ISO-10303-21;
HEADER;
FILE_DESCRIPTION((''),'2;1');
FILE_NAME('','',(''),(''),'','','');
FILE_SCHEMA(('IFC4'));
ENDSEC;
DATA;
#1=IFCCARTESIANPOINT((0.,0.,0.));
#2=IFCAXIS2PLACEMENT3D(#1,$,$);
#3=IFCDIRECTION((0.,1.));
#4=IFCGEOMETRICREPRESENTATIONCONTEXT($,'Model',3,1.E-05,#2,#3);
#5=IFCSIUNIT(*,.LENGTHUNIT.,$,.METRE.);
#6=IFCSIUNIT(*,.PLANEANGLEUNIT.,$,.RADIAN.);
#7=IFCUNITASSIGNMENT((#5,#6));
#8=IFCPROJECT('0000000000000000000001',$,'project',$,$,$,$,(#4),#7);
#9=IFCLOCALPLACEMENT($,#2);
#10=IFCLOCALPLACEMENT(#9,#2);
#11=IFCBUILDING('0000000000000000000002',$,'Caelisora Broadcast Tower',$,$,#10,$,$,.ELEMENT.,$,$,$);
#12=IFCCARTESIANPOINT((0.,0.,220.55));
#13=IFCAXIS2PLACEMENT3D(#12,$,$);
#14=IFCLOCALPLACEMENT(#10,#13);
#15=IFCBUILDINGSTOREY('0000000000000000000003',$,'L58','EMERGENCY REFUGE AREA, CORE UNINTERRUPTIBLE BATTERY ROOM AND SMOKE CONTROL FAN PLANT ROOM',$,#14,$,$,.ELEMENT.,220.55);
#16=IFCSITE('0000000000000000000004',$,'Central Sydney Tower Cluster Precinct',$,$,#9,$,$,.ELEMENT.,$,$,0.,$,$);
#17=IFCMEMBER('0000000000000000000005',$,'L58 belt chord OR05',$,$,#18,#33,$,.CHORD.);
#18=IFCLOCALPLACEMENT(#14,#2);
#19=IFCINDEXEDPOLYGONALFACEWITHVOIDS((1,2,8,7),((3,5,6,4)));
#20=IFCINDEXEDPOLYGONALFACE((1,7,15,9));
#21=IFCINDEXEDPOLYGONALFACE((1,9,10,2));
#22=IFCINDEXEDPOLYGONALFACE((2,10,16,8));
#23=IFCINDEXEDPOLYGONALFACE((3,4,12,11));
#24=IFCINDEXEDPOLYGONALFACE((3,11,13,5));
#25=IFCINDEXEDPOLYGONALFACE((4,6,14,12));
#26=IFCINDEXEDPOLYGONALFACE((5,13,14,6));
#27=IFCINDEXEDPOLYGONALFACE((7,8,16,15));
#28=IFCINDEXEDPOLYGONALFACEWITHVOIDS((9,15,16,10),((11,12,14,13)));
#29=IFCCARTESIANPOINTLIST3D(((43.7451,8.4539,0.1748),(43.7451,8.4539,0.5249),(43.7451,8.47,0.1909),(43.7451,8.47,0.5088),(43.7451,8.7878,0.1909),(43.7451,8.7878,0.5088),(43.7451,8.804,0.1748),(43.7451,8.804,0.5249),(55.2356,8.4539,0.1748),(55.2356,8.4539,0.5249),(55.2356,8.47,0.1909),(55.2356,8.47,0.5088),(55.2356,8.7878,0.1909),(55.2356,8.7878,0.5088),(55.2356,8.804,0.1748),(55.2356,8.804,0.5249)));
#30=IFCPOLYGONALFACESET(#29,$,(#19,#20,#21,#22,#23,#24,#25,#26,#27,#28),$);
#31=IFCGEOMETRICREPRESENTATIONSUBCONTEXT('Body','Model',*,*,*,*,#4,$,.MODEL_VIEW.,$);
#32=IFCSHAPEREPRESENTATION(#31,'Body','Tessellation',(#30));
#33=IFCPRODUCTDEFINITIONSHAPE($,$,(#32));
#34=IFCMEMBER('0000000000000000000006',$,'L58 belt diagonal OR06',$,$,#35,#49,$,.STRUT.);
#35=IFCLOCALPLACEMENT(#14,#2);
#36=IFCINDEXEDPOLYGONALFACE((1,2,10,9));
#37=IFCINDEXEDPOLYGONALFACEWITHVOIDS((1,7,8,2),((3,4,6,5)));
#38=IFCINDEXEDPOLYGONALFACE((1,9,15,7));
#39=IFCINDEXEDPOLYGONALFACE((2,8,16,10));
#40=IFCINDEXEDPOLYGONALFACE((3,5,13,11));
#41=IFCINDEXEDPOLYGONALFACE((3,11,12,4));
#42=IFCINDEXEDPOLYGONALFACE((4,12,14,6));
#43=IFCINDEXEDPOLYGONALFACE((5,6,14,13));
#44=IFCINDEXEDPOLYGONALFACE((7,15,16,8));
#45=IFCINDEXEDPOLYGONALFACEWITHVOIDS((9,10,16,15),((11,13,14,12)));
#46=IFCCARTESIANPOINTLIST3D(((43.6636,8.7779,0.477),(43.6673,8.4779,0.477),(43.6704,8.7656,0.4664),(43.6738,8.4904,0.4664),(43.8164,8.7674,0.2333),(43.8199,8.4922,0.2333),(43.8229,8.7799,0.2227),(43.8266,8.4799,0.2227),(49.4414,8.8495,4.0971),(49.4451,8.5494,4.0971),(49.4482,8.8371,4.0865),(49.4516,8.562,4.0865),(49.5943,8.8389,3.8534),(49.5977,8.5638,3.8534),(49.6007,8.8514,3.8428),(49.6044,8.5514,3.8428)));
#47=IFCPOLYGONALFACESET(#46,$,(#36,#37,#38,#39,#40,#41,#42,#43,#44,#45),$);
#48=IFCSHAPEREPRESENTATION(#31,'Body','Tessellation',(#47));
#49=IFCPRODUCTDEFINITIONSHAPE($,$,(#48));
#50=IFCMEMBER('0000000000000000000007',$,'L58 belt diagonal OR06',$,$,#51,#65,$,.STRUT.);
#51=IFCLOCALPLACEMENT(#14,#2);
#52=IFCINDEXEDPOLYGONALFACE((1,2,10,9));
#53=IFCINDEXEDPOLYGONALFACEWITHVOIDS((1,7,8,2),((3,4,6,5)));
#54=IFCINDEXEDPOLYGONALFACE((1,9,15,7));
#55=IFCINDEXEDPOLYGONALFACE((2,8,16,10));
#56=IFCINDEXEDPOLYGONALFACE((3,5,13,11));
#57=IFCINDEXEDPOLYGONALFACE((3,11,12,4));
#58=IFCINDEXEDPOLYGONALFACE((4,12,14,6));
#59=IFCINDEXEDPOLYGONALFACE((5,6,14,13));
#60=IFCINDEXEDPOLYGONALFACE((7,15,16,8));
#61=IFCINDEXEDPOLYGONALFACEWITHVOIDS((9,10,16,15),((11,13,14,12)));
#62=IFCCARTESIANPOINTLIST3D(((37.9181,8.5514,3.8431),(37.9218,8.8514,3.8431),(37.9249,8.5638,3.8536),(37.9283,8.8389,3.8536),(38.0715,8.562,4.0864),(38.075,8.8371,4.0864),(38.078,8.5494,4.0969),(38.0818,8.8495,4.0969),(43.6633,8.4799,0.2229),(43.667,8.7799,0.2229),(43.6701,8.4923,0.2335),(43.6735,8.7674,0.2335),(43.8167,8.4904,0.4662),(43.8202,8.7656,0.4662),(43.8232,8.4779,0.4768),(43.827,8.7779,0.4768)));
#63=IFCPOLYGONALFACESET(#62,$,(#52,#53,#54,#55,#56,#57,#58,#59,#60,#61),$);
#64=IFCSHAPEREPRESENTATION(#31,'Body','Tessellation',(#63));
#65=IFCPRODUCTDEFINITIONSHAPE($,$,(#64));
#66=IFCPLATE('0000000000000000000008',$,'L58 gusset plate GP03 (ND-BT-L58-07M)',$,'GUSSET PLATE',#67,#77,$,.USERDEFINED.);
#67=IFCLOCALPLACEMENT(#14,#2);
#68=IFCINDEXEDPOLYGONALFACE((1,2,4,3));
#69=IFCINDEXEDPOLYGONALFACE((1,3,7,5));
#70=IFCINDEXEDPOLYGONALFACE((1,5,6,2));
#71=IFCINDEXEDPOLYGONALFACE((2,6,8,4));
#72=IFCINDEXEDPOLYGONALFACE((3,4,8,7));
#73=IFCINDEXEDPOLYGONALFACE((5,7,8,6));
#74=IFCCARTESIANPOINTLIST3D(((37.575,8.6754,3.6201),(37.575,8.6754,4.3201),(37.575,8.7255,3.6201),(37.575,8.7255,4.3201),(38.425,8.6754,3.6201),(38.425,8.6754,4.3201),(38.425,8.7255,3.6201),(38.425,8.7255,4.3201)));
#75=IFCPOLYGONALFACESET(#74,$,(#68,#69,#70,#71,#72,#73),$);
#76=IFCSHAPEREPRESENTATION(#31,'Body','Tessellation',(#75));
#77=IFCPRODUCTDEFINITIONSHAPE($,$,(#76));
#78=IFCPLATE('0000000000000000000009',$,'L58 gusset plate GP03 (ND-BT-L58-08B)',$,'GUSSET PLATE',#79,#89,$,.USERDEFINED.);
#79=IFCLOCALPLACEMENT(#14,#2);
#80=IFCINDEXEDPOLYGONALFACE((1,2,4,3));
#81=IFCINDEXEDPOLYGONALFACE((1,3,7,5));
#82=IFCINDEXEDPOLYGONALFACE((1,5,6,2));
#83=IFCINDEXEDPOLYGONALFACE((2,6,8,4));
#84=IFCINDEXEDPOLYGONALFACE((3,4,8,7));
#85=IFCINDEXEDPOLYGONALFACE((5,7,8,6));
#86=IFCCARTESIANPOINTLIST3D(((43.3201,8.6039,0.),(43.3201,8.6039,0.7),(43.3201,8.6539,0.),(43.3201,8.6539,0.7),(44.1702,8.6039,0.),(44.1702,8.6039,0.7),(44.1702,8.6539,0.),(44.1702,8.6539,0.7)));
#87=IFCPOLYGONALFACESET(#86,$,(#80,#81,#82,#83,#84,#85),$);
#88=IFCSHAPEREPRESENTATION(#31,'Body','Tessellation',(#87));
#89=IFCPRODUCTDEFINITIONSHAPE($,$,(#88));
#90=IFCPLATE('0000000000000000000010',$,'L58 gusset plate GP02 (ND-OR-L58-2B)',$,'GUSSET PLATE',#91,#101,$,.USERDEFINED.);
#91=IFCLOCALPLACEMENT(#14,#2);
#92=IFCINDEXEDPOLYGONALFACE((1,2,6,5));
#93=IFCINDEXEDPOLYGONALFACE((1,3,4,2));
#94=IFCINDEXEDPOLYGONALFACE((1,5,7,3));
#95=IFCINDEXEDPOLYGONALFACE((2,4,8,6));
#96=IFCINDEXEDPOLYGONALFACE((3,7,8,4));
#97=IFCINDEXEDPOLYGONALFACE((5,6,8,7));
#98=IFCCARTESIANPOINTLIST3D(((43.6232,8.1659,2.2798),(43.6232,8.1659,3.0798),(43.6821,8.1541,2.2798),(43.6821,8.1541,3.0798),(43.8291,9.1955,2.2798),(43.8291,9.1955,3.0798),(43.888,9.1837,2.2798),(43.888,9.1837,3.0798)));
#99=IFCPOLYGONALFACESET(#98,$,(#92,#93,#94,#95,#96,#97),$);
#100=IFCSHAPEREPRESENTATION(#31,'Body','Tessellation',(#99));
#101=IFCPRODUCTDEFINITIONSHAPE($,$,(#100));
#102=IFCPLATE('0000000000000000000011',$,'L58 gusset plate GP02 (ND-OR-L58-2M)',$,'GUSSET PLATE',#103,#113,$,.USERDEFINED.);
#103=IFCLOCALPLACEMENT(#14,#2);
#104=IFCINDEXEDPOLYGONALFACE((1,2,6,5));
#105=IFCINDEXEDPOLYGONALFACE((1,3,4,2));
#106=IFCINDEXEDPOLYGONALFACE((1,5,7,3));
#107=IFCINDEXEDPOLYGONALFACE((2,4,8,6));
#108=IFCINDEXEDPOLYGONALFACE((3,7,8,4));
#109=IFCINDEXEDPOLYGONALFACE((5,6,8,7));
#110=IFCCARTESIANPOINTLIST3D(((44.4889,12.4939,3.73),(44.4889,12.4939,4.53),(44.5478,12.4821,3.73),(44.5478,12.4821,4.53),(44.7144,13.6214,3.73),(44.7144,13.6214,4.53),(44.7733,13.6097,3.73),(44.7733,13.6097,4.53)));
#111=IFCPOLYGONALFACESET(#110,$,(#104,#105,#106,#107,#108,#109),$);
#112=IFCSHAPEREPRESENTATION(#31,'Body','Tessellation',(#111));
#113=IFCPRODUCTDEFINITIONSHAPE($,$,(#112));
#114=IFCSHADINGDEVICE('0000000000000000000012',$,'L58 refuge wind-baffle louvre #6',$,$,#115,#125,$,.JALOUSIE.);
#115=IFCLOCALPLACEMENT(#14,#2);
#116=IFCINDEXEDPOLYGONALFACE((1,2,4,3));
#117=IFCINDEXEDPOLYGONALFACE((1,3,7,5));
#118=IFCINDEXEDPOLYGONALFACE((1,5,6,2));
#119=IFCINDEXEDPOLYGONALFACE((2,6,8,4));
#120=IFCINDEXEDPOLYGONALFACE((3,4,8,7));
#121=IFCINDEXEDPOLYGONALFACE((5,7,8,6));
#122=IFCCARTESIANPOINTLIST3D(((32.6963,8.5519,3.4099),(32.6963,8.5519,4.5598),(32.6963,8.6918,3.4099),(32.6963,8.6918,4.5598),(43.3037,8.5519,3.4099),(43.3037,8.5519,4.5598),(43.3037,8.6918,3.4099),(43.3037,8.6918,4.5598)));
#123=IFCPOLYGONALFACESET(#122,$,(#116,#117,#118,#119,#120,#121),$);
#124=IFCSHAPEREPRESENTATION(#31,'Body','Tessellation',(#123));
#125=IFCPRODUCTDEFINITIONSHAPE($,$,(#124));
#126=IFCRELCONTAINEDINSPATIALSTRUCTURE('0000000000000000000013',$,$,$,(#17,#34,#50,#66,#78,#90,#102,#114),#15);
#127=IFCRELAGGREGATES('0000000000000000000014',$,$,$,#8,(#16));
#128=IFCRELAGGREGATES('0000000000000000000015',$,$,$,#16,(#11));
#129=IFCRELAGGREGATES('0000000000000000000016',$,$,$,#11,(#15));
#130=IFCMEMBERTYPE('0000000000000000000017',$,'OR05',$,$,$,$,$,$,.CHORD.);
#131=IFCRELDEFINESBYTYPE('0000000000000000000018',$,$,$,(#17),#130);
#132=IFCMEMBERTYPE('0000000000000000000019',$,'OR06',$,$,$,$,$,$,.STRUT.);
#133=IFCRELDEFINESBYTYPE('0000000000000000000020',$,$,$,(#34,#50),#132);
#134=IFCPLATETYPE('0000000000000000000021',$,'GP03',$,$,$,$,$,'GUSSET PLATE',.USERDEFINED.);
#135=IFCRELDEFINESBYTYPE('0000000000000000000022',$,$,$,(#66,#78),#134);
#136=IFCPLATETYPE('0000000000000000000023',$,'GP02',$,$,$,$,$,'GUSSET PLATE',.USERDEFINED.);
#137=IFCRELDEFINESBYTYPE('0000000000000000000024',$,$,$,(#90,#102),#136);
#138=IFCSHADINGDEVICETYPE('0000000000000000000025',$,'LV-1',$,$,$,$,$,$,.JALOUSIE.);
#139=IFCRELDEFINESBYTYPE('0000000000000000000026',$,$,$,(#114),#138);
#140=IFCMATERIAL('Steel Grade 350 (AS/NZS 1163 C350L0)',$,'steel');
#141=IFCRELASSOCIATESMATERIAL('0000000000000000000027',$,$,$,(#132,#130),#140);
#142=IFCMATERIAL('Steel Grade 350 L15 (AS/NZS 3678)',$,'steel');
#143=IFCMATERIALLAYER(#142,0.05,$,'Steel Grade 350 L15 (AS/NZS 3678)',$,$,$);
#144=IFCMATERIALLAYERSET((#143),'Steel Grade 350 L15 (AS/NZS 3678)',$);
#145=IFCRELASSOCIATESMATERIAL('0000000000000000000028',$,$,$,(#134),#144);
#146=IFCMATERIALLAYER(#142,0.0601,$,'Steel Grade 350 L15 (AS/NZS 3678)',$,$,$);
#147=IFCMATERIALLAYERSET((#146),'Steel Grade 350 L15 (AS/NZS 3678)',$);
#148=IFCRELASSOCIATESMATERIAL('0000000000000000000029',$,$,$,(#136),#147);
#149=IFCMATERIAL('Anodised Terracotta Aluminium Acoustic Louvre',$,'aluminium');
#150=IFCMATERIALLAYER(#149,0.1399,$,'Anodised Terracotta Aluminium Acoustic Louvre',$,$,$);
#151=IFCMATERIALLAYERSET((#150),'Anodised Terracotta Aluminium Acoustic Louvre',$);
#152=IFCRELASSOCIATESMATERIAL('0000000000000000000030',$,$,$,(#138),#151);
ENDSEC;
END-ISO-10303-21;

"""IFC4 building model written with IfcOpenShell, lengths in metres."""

from ifc_helpers import new_model, si_unit, direction, frame, origin, origin_2d, place, context, subcontext, project, spatial, rectangle, hollow_rectangle, extrude, source, transform, mapped, material, layer, layer_set, material_profile, profile_set, type_object, type_shapes, element, save


model = new_model("IFC4")

# Units and contexts
model_context = context("Model", 3, precision=1e-05, world=origin(), true_north=direction((0.0, 1.0)))
body_context = subcontext(model_context, "Body", "Model", "MODEL_VIEW")
ifc_project = project(units=[si_unit("LENGTHUNIT", "METRE"), si_unit("PLANEANGLEUNIT", "RADIAN")], contexts=[model_context])

# Site, building, storey
site_placement = place(None, origin())
site = spatial("IfcSite", under=ifc_project, at=site_placement, Name="Central Sydney Tower Cluster Precinct", CompositionType="ELEMENT", RefElevation=0.0)
building_placement = place(site_placement, origin())
building = spatial("IfcBuilding", under=site, at=building_placement, Name="Caelisora Broadcast Tower", CompositionType="ELEMENT")
storey_placement = place(building_placement, frame((0.0, 0.0, 220.55)))
storey = spatial("IfcBuildingStorey", under=building, at=storey_placement, Name="L58", Description="EMERGENCY REFUGE AREA, CORE UNINTERRUPTIBLE BATTERY ROOM AND SMOKE CONTROL FAN PLANT ROOM", CompositionType="ELEMENT", Elevation=220.55)

# Shared definitions
ifc_material_1 = material(Name="Steel Grade 350 L15 (AS/NZS 3678)", Category="steel")

# Shared definitions
ifc_material_2 = material(Name="Steel Grade 350 (AS/NZS 1163 C350L0)", Category="steel")

# Members
ifc_material_profile_1 = material_profile(ifc_material_2, hollow_rectangle(XDim=0.3, YDim=0.3, WallThickness=0.0125, at=origin_2d()), Name="Steel Grade 350 (AS/NZS 1163 C350L0)")
ifc_profile_set_1 = profile_set([ifc_material_profile_1], Name="Steel Grade 350 (AS/NZS 1163 C350L0)")
member_type_1 = type_object("IfcMemberType", Name="OR06", PredefinedType="STRUT", material=ifc_profile_set_1)
ifc_material_profile_2 = material_profile(ifc_material_2, hollow_rectangle(XDim=0.3501, YDim=0.3501, WallThickness=0.0161, at=origin_2d()), Name="Steel Grade 350 (AS/NZS 1163 C350L0)")
ifc_profile_set_2 = profile_set([ifc_material_profile_2], Name="Steel Grade 350 (AS/NZS 1163 C350L0)")
member_type_2 = type_object("IfcMemberType", Name="OR05", PredefinedType="CHORD", material=ifc_profile_set_2)
shared_shape_1 = source(origin(), body_context, "Body", "SweptSolid", [
    extrude(hollow_rectangle(XDim=0.3501, YDim=0.3501, WallThickness=0.0161, at=origin_2d()), origin(), (0.0, 0.0, 1.0), 11.4905),
])
type_shapes(member_type_2, [shared_shape_1])
member_1_placement = place(storey_placement, frame((43.7451, 8.6289, 0.3499), z_axis=(1.0, 0.0, 0.0), x_axis=(0.0, 1.0, 0.0)))
element("IfcMember", 1, at=member_1_placement, inside=storey, type_object=member_type_2, Name="L58 belt chord OR05", PredefinedType="CHORD", context=body_context, shape_type="MappedRepresentation", body=[
    mapped(shared_shape_1, transform((0.0, 0.0, 0.0), scale=1.0)),
])
shared_shape_2 = source(origin(), body_context, "Body", "SweptSolid", [
    extrude(hollow_rectangle(XDim=0.3, YDim=0.3, WallThickness=0.0125, at=origin_2d()), origin(), (0.0, 0.0, 1.0), 6.8186),
])
member_2_placement = place(storey_placement, frame((43.7451, 8.6289, 0.3499), z_axis=(0.84736, 0.010491, 0.530916), x_axis=(-0.01238, 0.999923, 0.0)))
element("IfcMember", 2, at=member_2_placement, inside=storey, type_object=member_type_1, Name="L58 belt diagonal OR06", PredefinedType="STRUT", context=body_context, shape_type="MappedRepresentation", body=[
    mapped(shared_shape_2, transform((0.0, 0.0, 0.0), scale=1.0)),
])
shared_shape_3 = source(origin(), body_context, "Body", "SweptSolid", [
    extrude(hollow_rectangle(XDim=0.3, YDim=0.3, WallThickness=0.0125, at=origin_2d()), origin(), (0.0, 0.0, 1.0), 6.791),
])
member_3_placement = place(storey_placement, frame((43.7451, 8.6289, 0.3499), z_axis=(-0.845999, 0.010534, 0.533081), x_axis=(-0.01245, -0.999922, 0.0)))
element("IfcMember", 3, at=member_3_placement, inside=storey, type_object=member_type_1, Name="L58 belt diagonal OR06", PredefinedType="STRUT", context=body_context, shape_type="MappedRepresentation", body=[
    mapped(shared_shape_3, transform((0.0, 0.0, 0.0), scale=1.0)),
])

# Plates
ifc_layer_1 = layer(ifc_material_1, 0.05, Name="Steel Grade 350 L15 (AS/NZS 3678)")
ifc_layer_set_1 = layer_set([ifc_layer_1], Name="Steel Grade 350 L15 (AS/NZS 3678)")
plate_type_1 = type_object("IfcPlateType", Name="GP03", ElementType="GUSSET PLATE", PredefinedType="USERDEFINED", material=ifc_layer_set_1)
shared_shape_4 = source(origin(), body_context, "Body", "SweptSolid", [
    extrude(rectangle(XDim=0.8501, YDim=0.05, at=origin_2d()), origin(), (0.0, 0.0, 1.0), 0.7),
])
type_shapes(plate_type_1, [shared_shape_4])
for number, where, z_axis, x_axis, name in (
    (4, (38.0, 8.7004, 3.6201), (0.0, 0.0, 1.0), (1.0, 0.0, 0.0), "L58 gusset plate GP03 (ND-BT-L58-07M)"),
    (5, (43.7451, 8.6289, 0.0), (0.0, 0.0, 1.0), (1.0, 0.0, 0.0), "L58 gusset plate GP03 (ND-BT-L58-08B)"),
):
    element("IfcPlate", number, at=place(storey_placement, frame(where, z_axis=z_axis, x_axis=x_axis)), inside=storey, type_object=plate_type_1, Name=name, ObjectType="GUSSET PLATE", PredefinedType="USERDEFINED", context=body_context, shape_type="MappedRepresentation", body=[
        mapped(shared_shape_4, transform((0.0, 0.0, 0.0), scale=1.0)),
    ])
ifc_layer_2 = layer(ifc_material_1, 0.0601, Name="Steel Grade 350 L15 (AS/NZS 3678)")
ifc_layer_set_2 = layer_set([ifc_layer_2], Name="Steel Grade 350 L15 (AS/NZS 3678)")
plate_type_2 = type_object("IfcPlateType", Name="GP02", ElementType="GUSSET PLATE", PredefinedType="USERDEFINED", material=ifc_layer_set_2)
shared_shape_5 = source(origin(), body_context, "Body", "SweptSolid", [
    extrude(rectangle(XDim=1.05, YDim=0.0601, at=origin_2d()), origin(), (0.0, 0.0, 1.0), 0.8),
])
plate_1_placement = place(storey_placement, frame((43.7556, 8.6748, 2.2798), z_axis=(0.0, 0.0, 1.0), x_axis=(-0.196117, -0.98058, 0.0)))
element("IfcPlate", 6, at=plate_1_placement, inside=storey, type_object=plate_type_2, Name="L58 gusset plate GP02 (ND-OR-L58-2B)", ObjectType="GUSSET PLATE", PredefinedType="USERDEFINED", context=body_context, shape_type="MappedRepresentation", body=[
    mapped(shared_shape_5, transform((0.0, 0.0, 0.0), scale=1.0)),
])
shared_shape_6 = source(origin(), body_context, "Body", "SweptSolid", [
    extrude(rectangle(XDim=1.1499, YDim=0.0601, at=origin_2d()), origin(), (0.0, 0.0, 1.0), 0.8),
])
type_shapes(plate_type_2, [shared_shape_5, shared_shape_6])
plate_2_placement = place(storey_placement, frame((44.6311, 13.0518, 3.73), z_axis=(0.0, 0.0, 1.0), x_axis=(-0.196117, -0.98058, 0.0)))
element("IfcPlate", 7, at=plate_2_placement, inside=storey, type_object=plate_type_2, Name="L58 gusset plate GP02 (ND-OR-L58-2M)", ObjectType="GUSSET PLATE", PredefinedType="USERDEFINED", context=body_context, shape_type="MappedRepresentation", body=[
    mapped(shared_shape_6, transform((0.0, 0.0, 0.0), scale=1.0)),
])

# Shading device
ifc_material_3 = material(Name="Anodised Terracotta Aluminium Acoustic Louvre", Category="aluminium")
ifc_layer_3 = layer(ifc_material_3, 0.1399, Name="Anodised Terracotta Aluminium Acoustic Louvre")
ifc_layer_set_3 = layer_set([ifc_layer_3], Name="Anodised Terracotta Aluminium Acoustic Louvre")
shading_device_type = type_object("IfcShadingDeviceType", Name="LV-1", PredefinedType="JALOUSIE", material=ifc_layer_set_3)
shared_shape_7 = source(origin(), body_context, "Body", "SweptSolid", [
    extrude(rectangle(XDim=10.6074, YDim=0.1399, at=origin_2d()), origin(), (0.0, 0.0, 1.0), 1.1499),
])
type_shapes(shading_device_type, [shared_shape_7])
shading_device_placement = place(storey_placement, frame((38.0, 8.6218, 3.4099), z_axis=(0.0, 0.0, 1.0), x_axis=(1.0, 0.0, 0.0)))
element("IfcShadingDevice", 8, at=shading_device_placement, inside=storey, type_object=shading_device_type, Name="L58 refuge wind-baffle louvre #6", PredefinedType="JALOUSIE", context=body_context, shape_type="MappedRepresentation", body=[
    mapped(shared_shape_7, transform((0.0, 0.0, 0.0), scale=1.0)),
])

save(model, "model.ifc")
